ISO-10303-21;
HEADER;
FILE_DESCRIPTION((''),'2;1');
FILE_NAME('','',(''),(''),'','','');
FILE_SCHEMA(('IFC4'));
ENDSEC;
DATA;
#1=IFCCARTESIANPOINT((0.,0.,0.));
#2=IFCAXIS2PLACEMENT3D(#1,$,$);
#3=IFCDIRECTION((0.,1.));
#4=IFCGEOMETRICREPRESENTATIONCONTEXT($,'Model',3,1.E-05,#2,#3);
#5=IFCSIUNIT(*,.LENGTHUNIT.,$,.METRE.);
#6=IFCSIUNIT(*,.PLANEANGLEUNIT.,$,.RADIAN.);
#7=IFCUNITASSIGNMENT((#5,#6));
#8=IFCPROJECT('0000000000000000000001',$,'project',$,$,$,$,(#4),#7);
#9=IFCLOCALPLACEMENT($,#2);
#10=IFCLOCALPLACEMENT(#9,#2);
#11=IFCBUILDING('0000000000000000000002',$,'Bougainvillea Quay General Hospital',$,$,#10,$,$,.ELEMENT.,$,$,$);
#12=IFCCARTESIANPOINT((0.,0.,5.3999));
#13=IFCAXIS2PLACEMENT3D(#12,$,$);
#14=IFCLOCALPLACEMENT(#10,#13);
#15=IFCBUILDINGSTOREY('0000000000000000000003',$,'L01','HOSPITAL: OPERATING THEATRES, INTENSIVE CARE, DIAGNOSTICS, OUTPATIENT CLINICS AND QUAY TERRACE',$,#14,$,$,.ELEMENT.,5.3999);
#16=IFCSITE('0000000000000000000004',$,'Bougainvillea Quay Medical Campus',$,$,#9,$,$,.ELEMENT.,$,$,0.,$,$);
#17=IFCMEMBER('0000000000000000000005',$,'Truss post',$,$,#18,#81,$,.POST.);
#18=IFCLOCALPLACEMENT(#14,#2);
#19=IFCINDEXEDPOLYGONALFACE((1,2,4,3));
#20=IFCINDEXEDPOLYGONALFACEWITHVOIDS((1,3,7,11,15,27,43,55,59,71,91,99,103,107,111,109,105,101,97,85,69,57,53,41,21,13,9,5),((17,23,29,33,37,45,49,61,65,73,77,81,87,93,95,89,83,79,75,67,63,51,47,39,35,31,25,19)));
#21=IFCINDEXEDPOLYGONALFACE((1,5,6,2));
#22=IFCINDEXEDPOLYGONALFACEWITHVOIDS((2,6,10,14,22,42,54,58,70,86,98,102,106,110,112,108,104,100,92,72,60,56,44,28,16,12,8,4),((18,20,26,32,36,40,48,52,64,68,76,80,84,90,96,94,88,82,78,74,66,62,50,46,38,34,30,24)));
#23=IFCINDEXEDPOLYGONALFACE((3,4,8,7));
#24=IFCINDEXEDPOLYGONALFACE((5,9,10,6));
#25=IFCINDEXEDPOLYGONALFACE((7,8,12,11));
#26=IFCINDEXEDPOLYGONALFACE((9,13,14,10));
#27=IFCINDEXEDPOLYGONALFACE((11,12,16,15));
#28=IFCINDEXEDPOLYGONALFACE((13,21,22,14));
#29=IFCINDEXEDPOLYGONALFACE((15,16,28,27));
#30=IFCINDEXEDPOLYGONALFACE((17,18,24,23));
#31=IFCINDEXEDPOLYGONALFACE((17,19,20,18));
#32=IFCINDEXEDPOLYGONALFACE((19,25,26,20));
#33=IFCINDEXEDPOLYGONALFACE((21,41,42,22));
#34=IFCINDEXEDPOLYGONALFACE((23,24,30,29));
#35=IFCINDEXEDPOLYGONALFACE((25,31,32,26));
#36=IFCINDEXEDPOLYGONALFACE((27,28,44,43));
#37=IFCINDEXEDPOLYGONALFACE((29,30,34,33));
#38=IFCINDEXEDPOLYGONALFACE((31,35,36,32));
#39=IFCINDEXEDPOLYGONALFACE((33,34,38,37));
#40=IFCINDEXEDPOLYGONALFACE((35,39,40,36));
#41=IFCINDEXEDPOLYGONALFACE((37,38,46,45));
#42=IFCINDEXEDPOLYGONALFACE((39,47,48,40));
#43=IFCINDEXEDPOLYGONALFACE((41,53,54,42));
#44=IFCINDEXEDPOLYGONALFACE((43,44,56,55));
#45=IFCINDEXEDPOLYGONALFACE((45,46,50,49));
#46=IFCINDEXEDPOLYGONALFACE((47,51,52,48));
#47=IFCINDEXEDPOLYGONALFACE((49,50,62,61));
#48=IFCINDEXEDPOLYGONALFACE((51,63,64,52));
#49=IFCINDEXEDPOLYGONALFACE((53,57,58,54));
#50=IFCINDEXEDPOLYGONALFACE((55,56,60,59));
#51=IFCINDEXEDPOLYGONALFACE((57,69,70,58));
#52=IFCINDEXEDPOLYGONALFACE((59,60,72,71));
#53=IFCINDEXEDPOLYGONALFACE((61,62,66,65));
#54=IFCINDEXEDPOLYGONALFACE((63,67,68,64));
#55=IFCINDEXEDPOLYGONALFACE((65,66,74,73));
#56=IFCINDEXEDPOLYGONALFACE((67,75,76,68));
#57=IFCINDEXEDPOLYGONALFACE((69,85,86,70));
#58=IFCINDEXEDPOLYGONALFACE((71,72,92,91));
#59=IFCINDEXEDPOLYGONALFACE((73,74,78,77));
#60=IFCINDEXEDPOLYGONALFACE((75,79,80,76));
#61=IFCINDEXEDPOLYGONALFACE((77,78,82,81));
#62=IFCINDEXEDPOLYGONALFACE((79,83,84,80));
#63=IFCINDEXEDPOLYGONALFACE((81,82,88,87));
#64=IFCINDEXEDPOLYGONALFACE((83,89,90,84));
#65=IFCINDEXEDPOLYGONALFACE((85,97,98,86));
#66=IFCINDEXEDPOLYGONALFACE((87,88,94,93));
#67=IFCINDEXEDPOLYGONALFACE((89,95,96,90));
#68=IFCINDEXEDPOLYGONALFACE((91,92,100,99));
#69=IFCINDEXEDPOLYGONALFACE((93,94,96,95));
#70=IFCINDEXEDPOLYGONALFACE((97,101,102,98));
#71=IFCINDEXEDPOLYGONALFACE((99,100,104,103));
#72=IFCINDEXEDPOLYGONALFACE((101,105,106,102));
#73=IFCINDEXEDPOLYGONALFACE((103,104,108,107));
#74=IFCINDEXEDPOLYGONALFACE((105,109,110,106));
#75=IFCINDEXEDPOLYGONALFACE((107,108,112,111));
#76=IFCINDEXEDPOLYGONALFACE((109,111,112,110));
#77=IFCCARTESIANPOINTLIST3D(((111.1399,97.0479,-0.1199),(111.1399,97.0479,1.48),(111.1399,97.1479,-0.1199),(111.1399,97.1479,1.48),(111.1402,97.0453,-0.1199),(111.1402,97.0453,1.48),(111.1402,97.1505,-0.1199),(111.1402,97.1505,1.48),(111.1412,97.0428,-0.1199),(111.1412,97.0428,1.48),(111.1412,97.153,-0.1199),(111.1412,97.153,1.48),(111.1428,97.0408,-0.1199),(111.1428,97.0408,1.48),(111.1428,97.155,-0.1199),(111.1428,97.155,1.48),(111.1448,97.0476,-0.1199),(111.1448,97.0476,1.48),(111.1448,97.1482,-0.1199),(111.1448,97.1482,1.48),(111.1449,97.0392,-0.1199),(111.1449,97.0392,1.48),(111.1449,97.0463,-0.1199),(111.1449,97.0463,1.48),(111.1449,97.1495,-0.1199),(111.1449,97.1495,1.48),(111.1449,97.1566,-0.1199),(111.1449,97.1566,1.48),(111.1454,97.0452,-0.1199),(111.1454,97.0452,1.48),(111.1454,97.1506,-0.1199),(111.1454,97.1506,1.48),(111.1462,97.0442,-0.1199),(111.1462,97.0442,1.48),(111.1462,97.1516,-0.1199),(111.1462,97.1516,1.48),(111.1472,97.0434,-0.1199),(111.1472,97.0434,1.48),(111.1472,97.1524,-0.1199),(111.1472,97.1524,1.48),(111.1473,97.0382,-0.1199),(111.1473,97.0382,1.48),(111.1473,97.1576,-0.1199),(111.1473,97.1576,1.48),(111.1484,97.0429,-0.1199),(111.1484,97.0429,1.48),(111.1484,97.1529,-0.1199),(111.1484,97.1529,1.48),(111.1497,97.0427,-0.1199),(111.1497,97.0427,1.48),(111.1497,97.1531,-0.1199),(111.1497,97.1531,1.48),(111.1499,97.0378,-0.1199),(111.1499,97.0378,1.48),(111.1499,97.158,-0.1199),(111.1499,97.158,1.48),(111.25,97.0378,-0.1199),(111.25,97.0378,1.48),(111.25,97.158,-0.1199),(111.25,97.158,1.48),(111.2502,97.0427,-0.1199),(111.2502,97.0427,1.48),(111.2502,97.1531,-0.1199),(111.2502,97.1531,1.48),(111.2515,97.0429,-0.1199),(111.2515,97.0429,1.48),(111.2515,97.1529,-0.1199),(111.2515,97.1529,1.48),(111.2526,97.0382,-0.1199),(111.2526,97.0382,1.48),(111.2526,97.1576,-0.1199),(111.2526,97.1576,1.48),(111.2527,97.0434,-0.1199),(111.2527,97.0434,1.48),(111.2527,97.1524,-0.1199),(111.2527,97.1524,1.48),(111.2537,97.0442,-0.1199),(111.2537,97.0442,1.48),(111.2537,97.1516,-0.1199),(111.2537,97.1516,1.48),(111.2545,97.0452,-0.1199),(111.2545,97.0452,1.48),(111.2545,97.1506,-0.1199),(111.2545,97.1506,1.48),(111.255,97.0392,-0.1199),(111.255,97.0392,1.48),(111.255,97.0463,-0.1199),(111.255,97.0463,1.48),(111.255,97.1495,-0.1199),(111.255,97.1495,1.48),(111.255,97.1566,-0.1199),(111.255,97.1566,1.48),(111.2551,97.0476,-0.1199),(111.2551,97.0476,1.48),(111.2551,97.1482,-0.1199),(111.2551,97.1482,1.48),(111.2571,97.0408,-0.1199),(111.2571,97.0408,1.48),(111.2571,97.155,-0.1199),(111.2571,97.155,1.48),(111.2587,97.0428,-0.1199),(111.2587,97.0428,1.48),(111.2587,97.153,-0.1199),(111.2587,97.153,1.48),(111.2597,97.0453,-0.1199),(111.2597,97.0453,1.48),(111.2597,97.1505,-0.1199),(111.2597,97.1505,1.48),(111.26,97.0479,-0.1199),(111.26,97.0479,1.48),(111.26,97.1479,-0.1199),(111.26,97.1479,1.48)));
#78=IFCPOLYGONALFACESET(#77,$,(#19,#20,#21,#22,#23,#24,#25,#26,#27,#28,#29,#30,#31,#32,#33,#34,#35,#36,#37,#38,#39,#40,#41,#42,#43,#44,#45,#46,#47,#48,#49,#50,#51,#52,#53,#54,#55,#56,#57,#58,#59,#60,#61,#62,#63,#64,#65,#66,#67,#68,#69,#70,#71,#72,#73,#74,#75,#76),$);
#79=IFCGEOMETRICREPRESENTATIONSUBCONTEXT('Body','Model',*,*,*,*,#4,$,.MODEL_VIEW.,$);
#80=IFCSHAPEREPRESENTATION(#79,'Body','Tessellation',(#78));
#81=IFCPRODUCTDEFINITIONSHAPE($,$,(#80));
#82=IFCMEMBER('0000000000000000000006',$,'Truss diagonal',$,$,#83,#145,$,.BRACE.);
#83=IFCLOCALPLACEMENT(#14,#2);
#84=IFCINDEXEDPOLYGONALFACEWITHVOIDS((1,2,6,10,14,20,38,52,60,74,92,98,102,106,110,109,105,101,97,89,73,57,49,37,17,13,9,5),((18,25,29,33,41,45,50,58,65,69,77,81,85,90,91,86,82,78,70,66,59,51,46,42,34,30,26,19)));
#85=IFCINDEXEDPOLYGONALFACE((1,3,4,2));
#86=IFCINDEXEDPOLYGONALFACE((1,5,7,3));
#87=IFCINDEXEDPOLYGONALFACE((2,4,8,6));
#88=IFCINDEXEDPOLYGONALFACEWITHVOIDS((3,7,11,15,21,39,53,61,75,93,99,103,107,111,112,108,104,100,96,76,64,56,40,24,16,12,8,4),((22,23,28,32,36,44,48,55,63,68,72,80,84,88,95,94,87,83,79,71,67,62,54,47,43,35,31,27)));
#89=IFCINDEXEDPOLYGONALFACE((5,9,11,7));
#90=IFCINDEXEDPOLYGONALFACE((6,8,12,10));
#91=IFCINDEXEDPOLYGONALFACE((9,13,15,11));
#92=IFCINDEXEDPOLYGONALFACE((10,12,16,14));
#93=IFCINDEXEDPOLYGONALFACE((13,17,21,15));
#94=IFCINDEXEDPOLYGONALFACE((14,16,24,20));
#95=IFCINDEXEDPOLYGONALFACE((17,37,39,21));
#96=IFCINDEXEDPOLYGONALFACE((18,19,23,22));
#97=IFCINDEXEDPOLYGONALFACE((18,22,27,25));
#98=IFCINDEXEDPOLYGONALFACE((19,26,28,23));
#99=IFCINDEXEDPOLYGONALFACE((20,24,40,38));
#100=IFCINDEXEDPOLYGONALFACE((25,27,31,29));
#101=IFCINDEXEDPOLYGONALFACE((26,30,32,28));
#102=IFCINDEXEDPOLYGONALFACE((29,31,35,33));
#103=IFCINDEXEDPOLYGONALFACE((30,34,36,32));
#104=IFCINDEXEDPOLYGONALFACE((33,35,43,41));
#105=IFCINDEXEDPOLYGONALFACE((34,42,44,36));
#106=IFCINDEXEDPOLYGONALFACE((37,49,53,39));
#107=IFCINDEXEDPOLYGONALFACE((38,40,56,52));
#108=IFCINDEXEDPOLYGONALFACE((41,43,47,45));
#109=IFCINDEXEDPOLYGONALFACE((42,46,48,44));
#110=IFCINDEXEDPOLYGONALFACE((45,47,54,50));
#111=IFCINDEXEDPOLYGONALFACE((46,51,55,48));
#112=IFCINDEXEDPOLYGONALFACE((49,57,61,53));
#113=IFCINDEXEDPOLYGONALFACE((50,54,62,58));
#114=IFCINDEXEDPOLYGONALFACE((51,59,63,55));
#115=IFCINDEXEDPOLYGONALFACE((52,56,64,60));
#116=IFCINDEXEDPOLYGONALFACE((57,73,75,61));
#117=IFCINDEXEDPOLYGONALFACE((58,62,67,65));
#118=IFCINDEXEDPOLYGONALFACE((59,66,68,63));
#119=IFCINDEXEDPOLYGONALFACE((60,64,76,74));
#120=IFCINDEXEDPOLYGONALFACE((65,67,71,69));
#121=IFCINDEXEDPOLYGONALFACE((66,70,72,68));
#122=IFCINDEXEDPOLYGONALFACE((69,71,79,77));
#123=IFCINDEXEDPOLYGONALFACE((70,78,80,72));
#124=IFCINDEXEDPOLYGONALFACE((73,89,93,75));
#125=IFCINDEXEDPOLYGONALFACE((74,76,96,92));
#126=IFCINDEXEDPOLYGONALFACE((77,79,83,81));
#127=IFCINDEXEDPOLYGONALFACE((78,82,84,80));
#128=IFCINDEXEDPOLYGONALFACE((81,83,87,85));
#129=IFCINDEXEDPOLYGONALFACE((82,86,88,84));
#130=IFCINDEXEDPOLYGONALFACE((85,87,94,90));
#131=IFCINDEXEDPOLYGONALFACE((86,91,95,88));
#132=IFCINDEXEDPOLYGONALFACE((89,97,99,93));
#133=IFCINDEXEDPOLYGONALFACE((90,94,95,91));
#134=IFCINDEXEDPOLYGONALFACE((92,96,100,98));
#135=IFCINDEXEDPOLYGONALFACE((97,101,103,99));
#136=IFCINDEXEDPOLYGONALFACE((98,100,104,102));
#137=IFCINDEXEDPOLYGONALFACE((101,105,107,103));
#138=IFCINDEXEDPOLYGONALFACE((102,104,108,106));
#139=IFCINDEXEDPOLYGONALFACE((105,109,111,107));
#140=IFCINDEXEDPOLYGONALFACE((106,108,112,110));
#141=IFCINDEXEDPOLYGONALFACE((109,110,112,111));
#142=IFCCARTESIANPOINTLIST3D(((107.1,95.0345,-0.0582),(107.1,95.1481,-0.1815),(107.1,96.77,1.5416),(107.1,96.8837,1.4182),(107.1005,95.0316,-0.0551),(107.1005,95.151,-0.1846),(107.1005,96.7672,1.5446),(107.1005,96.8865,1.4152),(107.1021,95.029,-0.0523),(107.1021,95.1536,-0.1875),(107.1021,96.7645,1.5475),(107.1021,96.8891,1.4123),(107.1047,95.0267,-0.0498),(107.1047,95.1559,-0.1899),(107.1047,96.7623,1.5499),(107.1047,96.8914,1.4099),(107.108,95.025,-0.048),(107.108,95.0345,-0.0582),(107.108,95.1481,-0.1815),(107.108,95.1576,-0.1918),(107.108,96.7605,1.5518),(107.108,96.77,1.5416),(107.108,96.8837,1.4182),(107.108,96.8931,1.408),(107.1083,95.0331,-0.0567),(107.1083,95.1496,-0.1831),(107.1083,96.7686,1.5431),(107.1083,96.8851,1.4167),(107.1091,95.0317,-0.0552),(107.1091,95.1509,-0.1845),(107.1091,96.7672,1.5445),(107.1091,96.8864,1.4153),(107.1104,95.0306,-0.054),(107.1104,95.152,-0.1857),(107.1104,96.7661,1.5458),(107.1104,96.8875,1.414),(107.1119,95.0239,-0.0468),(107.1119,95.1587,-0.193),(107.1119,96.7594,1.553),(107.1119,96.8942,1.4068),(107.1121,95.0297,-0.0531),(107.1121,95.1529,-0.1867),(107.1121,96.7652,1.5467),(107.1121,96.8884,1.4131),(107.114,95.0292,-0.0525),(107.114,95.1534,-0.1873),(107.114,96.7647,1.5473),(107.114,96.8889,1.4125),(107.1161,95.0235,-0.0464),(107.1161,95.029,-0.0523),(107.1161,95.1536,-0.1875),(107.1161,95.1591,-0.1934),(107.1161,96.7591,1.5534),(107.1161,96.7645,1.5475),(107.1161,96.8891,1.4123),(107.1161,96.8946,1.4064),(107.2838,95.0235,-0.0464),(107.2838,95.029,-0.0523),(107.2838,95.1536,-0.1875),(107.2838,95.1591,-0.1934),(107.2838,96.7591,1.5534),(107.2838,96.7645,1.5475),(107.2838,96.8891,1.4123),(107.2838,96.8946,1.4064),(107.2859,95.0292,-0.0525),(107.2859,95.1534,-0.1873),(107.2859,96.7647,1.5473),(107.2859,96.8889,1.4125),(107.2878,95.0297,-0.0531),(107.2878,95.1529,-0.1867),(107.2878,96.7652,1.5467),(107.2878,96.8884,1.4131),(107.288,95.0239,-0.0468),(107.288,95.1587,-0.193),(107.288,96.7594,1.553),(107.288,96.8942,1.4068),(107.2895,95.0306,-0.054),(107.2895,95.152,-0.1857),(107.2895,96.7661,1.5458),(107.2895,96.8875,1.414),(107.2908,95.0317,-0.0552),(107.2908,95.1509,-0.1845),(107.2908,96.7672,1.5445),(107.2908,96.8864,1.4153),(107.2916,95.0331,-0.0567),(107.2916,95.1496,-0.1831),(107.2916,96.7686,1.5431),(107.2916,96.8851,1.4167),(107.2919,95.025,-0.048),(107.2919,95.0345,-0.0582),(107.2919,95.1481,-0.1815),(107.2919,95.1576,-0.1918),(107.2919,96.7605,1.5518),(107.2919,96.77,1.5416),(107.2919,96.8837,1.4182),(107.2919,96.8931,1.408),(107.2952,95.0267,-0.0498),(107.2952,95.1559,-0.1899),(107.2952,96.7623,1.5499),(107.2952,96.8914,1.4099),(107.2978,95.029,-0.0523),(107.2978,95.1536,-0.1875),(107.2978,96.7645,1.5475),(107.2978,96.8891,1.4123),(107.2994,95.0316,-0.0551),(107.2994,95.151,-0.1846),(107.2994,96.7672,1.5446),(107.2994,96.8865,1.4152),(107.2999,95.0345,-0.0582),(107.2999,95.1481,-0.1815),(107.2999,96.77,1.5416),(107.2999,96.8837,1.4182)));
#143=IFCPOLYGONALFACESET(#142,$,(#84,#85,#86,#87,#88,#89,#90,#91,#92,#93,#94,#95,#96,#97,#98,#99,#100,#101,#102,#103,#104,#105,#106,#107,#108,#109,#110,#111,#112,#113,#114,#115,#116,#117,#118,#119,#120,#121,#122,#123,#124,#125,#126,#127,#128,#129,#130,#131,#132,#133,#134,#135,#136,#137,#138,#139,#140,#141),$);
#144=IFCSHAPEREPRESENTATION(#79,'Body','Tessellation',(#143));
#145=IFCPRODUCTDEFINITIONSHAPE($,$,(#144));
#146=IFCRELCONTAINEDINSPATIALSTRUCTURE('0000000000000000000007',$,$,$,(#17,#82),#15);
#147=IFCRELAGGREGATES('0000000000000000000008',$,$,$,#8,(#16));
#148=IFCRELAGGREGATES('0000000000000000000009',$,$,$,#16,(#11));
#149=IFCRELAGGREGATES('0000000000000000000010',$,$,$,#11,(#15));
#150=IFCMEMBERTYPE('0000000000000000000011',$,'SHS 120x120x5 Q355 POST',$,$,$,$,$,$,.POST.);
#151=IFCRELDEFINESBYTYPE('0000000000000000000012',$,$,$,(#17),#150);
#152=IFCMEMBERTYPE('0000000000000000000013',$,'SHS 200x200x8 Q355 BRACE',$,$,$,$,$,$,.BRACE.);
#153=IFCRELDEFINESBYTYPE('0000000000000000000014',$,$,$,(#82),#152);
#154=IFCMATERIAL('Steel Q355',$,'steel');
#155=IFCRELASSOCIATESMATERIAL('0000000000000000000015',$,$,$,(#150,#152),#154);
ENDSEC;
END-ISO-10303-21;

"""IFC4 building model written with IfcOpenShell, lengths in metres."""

from ifc_helpers import new_model, si_unit, direction, frame, origin, origin_2d, place, context, subcontext, project, spatial, hollow_rectangle, extrude, material, material_profile, profile_set, type_object, element, save


model = new_model("IFC4")

# Units and contexts
model_context = context("Model", 3, precision=1e-05, world=origin(), true_north=direction((0.0, 1.0)))
body_context = subcontext(model_context, "Body", "Model", "MODEL_VIEW")
ifc_project = project(units=[si_unit("LENGTHUNIT", "METRE"), si_unit("PLANEANGLEUNIT", "RADIAN")], contexts=[model_context])

# Site, building, storey
site_placement = place(None, origin())
site = spatial("IfcSite", under=ifc_project, at=site_placement, Name="Bougainvillea Quay Medical Campus", CompositionType="ELEMENT", RefElevation=0.0)
building_placement = place(site_placement, origin())
building = spatial("IfcBuilding", under=site, at=building_placement, Name="Bougainvillea Quay General Hospital", CompositionType="ELEMENT")
storey_placement = place(building_placement, frame((0.0, 0.0, 5.3999)))
storey = spatial("IfcBuildingStorey", under=building, at=storey_placement, Name="L01", Description="HOSPITAL: OPERATING THEATRES, INTENSIVE CARE, DIAGNOSTICS, OUTPATIENT CLINICS AND QUAY TERRACE", CompositionType="ELEMENT", Elevation=5.3999)

# Members
ifc_material_1 = material(Name="Steel Q355", Category="steel")
ifc_material_profile_1 = material_profile(ifc_material_1, hollow_rectangle(XDim=0.1201, YDim=0.1201, WallThickness=0.0049, InnerFilletRadius=0.0049, OuterFilletRadius=0.01, at=origin_2d()))
ifc_profile_set_1 = profile_set([ifc_material_profile_1], Name="Steel Q355")
member_type_1 = type_object("IfcMemberType", Name="SHS 120x120x5 Q355 POST", PredefinedType="POST", material=ifc_profile_set_1)
for number, where, z_axis, x_axis, name in (
    (1, (111.2, 97.0979, -0.1199), (0.0, 0.0, 1.0), (1.0, 0.0, 0.0), "Truss post"),
):
    element("IfcMember", number, at=place(storey_placement, frame(where, z_axis=z_axis, x_axis=x_axis)), inside=storey, type_object=member_type_1, Name=name, PredefinedType="POST", context=body_context, shape_type="SweptSolid", body=[
        extrude(hollow_rectangle(XDim=0.1201, YDim=0.1201, WallThickness=0.0049, InnerFilletRadius=0.0049, OuterFilletRadius=0.01, at=origin_2d()), origin(), (0.0, 0.0, 1.0), 1.5999),
    ])
ifc_material_profile_2 = material_profile(ifc_material_1, hollow_rectangle(XDim=0.2, YDim=0.2, WallThickness=0.0081, InnerFilletRadius=0.0081, OuterFilletRadius=0.0161, at=origin_2d()))
ifc_profile_set_2 = profile_set([ifc_material_profile_2], Name="Steel Q355")
member_type_2 = type_object("IfcMemberType", Name="SHS 200x200x8 Q355 BRACE", PredefinedType="BRACE", material=ifc_profile_set_2)
for number, where, z_axis, x_axis, name in (
    (2, (107.2, 95.0913, -0.1199), (0.0, 0.735275, 0.677769), (-1.0, 0.0, 0.0), "Truss diagonal"),
):
    element("IfcMember", number, at=place(storey_placement, frame(where, z_axis=z_axis, x_axis=x_axis)), inside=storey, type_object=member_type_2, Name=name, PredefinedType="BRACE", context=body_context, shape_type="SweptSolid", body=[
        extrude(hollow_rectangle(XDim=0.2, YDim=0.2, WallThickness=0.0081, InnerFilletRadius=0.0081, OuterFilletRadius=0.0161, at=origin_2d()), origin(), (0.0, 0.0, 1.0), 2.3604),
    ])

save(model, "model.ifc")
